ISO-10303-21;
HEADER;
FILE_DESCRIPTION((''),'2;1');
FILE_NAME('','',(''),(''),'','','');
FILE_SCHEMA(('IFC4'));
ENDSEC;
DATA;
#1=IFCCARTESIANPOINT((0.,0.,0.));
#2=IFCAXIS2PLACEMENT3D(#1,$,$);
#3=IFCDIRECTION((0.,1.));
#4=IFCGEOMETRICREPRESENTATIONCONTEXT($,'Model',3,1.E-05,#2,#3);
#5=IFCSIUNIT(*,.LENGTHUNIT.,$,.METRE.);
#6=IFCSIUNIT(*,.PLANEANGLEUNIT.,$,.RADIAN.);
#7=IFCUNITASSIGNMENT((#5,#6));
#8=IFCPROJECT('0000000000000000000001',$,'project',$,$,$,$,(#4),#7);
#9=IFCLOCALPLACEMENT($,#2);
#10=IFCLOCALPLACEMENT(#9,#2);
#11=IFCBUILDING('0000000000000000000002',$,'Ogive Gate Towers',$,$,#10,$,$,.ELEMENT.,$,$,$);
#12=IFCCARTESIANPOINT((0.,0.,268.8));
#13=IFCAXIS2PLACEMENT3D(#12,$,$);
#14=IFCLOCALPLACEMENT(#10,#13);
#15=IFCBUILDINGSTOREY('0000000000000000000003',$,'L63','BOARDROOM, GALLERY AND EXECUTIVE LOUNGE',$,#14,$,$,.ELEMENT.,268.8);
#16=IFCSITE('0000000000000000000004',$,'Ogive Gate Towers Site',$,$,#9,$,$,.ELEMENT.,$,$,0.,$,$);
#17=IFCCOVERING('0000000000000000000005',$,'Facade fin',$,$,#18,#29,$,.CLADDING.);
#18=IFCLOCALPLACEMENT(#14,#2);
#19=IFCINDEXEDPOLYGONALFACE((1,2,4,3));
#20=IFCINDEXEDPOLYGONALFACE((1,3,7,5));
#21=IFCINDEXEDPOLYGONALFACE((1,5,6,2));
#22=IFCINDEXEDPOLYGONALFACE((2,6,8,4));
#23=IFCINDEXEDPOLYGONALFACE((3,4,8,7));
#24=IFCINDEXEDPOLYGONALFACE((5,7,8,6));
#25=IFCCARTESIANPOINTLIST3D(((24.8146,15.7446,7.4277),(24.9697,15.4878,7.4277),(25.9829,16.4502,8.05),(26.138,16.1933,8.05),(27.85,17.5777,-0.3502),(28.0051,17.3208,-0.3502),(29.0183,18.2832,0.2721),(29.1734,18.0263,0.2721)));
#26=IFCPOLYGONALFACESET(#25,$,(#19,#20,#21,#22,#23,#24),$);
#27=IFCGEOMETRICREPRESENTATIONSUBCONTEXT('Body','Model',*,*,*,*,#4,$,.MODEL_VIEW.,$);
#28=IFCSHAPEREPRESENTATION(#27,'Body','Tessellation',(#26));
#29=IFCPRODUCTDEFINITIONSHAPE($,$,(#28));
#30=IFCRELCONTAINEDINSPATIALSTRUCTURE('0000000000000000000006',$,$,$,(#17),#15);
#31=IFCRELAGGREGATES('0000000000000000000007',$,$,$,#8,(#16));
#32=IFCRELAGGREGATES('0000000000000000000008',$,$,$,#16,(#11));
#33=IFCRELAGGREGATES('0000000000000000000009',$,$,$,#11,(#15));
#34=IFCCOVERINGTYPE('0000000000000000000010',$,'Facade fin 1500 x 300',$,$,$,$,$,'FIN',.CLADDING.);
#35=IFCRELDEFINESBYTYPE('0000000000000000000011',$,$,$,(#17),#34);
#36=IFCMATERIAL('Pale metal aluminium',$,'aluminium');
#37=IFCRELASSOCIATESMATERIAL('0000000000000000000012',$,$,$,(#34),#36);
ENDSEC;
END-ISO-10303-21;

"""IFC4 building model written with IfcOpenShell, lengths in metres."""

from ifc_helpers import new_model, si_unit, direction, frame, origin, origin_2d, place, context, subcontext, project, spatial, rectangle, extrude, material, material_profile, profile_set, type_object, element, save


model = new_model("IFC4")

# Units and contexts
model_context = context("Model", 3, precision=1e-05, world=origin(), true_north=direction((0.0, 1.0)))
body_context = subcontext(model_context, "Body", "Model", "MODEL_VIEW")
ifc_project = project(units=[si_unit("LENGTHUNIT", "METRE"), si_unit("PLANEANGLEUNIT", "RADIAN")], contexts=[model_context])

# Site, building, storey
site_placement = place(None, origin())
site = spatial("IfcSite", under=ifc_project, at=site_placement, Name="Ogive Gate Towers Site", CompositionType="ELEMENT", RefElevation=0.0)
building_placement = place(site_placement, origin())
building = spatial("IfcBuilding", under=site, at=building_placement, Name="Ogive Gate Towers", CompositionType="ELEMENT")
storey_placement = place(building_placement, frame((0.0, 0.0, 268.8)))
storey = spatial("IfcBuildingStorey", under=building, at=storey_placement, Name="L63", Description="BOARDROOM, GALLERY AND EXECUTIVE LOUNGE", CompositionType="ELEMENT", Elevation=268.8)

# Covering
ifc_material_1 = material(Name="Pale metal aluminium", Category="aluminium")
ifc_material_profile_1 = material_profile(ifc_material_1, rectangle(XDim=0.3, YDim=1.5, at=origin_2d()), Name="1500 x 300 pale metal aluminium")
ifc_profile_set_1 = profile_set([ifc_material_profile_1], Name="Pale metal aluminium")
covering_type = type_object("IfcCoveringType", Name="Facade fin 1500 x 300", ElementType="FIN", PredefinedType="CLADDING", material=ifc_profile_set_1)
covering_placement = place(storey_placement, frame((28.5117, 17.802, -0.0391), z_axis=(-0.355101, -0.214437, 0.909901), x_axis=(0.516934, -0.856025, 0.0)))
element("IfcCovering", 1, at=covering_placement, inside=storey, type_object=covering_type, Name="Facade fin", PredefinedType="CLADDING", context=body_context, shape_type="SweptSolid", body=[
    extrude(rectangle(XDim=0.3, YDim=1.5, at=origin_2d()), origin(), (0.0, 0.0, 1.0), 8.5481),
])

save(model, "model.ifc")
